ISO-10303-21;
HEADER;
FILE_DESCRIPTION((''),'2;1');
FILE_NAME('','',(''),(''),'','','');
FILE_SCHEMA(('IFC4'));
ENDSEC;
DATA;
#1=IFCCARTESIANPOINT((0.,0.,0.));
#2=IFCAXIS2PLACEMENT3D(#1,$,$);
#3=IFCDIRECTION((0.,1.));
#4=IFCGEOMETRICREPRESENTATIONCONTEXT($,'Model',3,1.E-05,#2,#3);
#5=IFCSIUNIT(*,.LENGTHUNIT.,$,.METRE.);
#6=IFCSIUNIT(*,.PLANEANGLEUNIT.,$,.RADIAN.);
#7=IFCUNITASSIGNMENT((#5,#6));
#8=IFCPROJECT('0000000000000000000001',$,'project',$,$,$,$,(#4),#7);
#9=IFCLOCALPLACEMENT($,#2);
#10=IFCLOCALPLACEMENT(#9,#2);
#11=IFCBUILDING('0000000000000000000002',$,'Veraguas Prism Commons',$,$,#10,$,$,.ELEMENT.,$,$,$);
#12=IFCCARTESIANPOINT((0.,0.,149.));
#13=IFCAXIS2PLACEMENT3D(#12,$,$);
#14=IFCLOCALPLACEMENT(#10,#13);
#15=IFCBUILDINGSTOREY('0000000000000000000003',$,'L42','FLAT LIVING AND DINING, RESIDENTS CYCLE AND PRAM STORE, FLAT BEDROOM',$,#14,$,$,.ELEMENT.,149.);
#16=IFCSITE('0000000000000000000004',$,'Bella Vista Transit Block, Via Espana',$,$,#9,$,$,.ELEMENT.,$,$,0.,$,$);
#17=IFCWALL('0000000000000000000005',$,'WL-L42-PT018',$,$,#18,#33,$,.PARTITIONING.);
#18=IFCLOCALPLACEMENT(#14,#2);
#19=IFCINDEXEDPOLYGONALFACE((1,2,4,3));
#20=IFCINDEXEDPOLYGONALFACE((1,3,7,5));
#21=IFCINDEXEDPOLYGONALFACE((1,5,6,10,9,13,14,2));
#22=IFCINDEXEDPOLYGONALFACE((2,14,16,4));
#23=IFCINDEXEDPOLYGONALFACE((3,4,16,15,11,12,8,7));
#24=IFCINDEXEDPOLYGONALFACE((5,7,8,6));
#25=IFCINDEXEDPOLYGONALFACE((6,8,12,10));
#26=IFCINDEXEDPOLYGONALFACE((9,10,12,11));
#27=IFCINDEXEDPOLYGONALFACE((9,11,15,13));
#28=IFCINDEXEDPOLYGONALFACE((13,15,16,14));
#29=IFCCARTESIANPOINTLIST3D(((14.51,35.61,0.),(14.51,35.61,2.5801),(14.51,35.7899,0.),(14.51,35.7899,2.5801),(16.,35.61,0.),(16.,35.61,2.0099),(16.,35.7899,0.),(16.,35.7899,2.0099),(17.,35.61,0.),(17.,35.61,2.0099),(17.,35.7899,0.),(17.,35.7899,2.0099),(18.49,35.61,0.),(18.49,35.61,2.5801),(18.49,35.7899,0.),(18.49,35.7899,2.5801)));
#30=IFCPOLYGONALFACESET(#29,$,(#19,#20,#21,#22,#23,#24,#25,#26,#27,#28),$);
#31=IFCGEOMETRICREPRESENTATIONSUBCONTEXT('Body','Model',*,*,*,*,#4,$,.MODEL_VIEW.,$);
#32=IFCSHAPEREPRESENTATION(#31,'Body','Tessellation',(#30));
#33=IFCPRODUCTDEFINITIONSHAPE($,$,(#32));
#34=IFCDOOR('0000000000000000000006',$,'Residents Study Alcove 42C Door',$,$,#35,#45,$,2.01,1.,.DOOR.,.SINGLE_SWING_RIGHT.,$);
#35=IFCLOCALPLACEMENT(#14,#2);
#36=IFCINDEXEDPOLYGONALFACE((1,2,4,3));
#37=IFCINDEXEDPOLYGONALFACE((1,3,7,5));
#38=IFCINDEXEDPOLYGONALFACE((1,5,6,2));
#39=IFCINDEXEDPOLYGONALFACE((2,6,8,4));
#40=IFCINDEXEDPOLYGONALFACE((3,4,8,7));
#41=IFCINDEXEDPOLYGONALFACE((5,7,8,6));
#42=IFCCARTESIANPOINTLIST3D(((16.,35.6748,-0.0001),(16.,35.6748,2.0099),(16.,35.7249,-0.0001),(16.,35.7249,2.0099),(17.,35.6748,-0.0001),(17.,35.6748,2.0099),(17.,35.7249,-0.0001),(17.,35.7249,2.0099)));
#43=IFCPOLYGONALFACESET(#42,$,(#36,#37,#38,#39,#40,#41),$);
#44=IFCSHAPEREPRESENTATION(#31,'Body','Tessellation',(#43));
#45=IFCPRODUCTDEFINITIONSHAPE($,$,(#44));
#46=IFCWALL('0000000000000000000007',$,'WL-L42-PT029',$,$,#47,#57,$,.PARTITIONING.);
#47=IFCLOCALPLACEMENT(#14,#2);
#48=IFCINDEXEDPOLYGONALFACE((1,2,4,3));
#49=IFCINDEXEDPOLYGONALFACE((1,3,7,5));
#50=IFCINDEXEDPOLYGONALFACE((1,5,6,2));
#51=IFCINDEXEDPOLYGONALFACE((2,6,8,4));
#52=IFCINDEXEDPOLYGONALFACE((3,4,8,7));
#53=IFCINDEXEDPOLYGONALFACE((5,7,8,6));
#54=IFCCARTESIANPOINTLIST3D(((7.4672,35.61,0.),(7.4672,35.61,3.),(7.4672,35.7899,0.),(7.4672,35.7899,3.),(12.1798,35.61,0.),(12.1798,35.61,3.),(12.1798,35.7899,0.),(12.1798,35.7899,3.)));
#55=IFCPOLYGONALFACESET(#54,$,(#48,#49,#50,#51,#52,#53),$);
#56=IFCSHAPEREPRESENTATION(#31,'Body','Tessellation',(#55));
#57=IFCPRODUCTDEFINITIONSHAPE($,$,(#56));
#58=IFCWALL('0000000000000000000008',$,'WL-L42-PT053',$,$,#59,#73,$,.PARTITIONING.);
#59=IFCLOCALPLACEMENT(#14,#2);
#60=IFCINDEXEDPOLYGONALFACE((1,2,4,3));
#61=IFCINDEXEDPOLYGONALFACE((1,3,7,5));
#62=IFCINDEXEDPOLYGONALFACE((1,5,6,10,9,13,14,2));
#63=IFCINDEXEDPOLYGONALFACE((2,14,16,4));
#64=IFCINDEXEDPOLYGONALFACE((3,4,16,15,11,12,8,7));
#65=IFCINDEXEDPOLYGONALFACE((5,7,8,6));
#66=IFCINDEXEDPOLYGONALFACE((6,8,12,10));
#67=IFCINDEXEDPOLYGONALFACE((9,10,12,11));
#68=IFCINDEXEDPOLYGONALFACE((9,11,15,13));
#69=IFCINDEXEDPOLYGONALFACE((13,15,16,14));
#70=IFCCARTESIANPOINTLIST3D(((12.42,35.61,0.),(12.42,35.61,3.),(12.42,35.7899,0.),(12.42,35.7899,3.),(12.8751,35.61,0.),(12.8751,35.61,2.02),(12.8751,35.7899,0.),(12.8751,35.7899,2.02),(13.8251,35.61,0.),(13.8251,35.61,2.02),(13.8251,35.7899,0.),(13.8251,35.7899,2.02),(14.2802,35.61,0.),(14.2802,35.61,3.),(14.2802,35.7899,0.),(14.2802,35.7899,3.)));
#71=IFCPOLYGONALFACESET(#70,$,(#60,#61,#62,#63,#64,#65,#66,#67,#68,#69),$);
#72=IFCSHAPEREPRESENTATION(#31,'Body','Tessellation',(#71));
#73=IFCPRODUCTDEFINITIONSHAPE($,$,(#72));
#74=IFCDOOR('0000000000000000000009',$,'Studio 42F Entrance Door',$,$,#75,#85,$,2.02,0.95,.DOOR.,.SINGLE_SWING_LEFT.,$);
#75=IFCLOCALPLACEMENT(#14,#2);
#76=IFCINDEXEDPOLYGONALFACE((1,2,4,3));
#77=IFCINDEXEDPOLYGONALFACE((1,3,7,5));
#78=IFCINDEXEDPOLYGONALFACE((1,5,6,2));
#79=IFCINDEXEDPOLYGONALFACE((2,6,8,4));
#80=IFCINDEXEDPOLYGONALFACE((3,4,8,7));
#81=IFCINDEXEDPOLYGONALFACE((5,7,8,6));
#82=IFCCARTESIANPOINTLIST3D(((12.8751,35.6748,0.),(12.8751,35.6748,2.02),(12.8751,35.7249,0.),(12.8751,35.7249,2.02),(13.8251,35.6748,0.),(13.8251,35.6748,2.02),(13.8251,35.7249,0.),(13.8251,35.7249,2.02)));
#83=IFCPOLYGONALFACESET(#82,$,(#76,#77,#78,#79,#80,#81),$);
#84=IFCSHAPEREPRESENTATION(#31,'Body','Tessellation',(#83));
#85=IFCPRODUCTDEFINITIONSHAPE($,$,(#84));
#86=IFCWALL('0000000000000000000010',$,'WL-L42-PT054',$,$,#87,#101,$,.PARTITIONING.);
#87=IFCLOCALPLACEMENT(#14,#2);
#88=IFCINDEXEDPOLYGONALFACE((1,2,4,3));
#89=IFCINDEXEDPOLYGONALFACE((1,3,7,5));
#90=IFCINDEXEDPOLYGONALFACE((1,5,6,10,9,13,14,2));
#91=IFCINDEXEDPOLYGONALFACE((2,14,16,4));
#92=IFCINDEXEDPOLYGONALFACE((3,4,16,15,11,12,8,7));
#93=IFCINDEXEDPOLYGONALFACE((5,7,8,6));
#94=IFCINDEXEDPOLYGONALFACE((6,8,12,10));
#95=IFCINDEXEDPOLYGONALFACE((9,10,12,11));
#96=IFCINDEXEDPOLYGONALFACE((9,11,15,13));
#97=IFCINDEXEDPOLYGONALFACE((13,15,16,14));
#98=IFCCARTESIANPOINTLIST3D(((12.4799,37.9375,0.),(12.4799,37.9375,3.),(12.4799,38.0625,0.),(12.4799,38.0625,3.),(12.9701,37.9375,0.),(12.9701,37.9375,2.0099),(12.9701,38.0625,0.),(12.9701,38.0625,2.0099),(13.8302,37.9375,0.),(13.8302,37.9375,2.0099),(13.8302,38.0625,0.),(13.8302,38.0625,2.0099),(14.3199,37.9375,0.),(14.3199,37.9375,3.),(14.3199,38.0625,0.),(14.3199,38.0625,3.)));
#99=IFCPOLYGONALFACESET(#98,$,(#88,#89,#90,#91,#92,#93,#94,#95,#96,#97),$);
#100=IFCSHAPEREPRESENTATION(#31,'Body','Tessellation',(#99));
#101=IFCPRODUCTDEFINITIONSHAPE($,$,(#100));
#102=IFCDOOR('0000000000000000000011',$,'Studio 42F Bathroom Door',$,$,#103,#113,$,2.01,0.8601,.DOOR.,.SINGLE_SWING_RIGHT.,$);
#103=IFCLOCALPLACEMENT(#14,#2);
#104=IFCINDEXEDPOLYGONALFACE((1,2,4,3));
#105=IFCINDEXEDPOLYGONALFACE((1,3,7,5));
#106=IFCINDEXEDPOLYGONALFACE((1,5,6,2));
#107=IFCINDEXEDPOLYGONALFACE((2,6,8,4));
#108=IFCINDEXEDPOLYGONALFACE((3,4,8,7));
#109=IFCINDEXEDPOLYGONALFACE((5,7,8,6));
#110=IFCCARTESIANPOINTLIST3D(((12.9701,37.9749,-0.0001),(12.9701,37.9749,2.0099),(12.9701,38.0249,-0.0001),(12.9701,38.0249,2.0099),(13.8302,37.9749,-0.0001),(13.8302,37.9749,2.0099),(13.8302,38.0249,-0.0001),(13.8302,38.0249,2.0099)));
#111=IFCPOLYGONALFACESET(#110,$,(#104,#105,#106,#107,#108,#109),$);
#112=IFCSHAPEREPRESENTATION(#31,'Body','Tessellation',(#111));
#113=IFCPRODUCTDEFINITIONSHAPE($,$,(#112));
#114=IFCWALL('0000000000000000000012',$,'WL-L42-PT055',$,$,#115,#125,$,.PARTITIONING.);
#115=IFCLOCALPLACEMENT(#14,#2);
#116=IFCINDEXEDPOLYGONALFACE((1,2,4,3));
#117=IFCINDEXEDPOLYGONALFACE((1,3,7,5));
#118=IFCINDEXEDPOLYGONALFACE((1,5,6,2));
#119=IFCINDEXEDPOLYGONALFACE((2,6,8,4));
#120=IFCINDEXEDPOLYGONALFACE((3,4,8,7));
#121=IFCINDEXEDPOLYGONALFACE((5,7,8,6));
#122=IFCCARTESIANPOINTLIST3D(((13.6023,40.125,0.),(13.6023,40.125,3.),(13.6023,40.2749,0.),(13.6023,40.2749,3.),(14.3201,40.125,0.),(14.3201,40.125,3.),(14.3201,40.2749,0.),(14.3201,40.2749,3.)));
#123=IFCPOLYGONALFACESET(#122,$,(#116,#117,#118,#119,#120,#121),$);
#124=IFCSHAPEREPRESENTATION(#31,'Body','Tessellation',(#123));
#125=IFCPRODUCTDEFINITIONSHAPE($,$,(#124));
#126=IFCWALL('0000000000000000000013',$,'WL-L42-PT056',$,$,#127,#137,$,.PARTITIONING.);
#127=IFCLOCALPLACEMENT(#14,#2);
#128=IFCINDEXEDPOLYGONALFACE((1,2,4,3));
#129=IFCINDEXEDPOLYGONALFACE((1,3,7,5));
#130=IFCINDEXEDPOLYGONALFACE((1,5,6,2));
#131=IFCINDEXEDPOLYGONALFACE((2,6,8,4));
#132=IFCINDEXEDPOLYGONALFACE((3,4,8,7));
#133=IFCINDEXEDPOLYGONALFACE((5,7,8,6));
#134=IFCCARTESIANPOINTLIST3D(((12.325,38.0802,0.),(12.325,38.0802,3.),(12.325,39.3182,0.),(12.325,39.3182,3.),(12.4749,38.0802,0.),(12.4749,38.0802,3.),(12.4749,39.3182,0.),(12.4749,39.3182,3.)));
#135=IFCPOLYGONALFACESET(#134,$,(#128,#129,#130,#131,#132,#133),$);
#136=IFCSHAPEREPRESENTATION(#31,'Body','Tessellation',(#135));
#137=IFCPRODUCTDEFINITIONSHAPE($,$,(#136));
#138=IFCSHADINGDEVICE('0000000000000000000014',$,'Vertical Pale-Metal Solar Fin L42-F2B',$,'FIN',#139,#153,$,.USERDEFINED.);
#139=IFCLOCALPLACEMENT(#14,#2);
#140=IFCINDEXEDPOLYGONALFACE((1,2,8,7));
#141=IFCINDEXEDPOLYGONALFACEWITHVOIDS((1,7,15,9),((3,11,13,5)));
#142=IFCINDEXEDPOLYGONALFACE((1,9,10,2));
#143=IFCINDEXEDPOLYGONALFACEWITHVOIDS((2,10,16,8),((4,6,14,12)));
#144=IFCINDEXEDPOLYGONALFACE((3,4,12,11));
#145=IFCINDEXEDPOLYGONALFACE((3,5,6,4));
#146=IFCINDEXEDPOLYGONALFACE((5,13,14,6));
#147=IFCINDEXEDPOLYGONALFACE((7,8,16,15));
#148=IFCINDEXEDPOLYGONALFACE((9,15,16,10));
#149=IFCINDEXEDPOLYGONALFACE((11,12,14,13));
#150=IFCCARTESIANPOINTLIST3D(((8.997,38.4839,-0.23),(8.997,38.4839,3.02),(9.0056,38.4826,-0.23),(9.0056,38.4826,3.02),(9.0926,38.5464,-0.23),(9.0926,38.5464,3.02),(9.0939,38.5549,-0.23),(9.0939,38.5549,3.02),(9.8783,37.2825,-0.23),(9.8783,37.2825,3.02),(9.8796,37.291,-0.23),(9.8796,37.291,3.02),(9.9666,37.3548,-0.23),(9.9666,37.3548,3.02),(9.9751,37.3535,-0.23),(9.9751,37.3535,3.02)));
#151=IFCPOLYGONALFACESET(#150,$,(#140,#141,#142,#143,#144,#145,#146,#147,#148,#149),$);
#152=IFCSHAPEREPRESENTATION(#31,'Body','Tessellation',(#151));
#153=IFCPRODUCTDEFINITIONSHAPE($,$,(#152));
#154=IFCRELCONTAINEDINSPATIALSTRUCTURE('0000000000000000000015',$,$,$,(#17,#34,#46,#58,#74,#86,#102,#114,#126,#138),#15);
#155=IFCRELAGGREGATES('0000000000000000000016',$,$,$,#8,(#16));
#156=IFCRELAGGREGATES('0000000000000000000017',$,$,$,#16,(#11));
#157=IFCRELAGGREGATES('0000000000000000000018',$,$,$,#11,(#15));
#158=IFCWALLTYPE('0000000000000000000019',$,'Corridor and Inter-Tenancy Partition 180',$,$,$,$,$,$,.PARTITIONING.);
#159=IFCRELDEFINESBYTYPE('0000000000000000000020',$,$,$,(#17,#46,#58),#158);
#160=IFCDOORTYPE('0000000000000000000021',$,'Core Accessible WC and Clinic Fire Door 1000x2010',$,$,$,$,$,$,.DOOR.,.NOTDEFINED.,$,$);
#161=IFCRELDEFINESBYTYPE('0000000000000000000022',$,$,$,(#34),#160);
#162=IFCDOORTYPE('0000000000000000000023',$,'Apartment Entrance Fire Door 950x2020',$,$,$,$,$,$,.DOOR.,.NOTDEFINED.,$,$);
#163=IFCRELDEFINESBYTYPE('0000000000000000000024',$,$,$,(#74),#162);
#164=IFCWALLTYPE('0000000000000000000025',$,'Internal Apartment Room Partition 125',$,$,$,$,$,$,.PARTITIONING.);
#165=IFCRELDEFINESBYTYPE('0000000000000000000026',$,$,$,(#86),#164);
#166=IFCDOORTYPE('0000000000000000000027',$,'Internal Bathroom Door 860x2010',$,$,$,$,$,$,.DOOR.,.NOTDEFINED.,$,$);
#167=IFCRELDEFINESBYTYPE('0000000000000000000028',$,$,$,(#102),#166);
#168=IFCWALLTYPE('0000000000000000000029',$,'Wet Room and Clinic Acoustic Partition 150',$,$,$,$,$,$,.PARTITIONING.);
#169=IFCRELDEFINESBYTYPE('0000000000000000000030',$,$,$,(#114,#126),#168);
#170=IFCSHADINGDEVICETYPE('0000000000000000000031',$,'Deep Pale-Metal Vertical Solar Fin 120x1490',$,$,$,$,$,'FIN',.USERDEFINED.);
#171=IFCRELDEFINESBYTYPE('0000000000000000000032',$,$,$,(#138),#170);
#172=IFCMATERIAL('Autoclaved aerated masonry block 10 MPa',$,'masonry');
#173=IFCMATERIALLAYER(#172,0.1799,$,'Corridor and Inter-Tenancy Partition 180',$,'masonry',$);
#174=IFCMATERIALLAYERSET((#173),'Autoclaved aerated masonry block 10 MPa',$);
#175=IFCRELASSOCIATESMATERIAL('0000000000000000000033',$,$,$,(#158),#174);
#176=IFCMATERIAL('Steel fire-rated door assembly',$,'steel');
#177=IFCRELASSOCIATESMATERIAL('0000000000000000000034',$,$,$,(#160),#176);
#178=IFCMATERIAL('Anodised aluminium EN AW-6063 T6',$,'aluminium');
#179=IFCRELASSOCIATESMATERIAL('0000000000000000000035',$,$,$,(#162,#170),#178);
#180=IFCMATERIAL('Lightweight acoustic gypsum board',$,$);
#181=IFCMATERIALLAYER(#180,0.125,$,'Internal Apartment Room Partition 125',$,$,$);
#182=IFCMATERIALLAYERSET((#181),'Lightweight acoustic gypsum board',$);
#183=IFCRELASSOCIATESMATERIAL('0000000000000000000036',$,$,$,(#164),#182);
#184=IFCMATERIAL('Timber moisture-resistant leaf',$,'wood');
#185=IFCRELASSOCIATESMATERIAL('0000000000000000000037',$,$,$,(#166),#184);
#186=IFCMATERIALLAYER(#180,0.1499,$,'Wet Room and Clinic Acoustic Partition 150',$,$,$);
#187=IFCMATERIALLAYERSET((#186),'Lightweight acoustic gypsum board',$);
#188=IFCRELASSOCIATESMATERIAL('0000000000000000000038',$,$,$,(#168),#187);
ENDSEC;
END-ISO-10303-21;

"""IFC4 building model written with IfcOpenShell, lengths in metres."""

from ifc_helpers import new_model, si_unit, direction, frame, frame_2d, origin, origin_2d, place, context, subcontext, project, spatial, rectangle, hollow_rectangle, extrude, source, transform, mapped, material, layer, layer_set, material_profile, profile_set, type_object, element, fill, save


model = new_model("IFC4")

# Units and contexts
model_context = context("Model", 3, precision=1e-05, world=origin(), true_north=direction((0.0, 1.0)))
body_context = subcontext(model_context, "Body", "Model", "MODEL_VIEW")
ifc_project = project(units=[si_unit("LENGTHUNIT", "METRE"), si_unit("PLANEANGLEUNIT", "RADIAN")], contexts=[model_context])

# Site, building, storey
site_placement = place(None, origin())
site = spatial("IfcSite", under=ifc_project, at=site_placement, Name="Bella Vista Transit Block, Via Espana", CompositionType="ELEMENT", RefElevation=0.0)
building_placement = place(site_placement, origin())
building = spatial("IfcBuilding", under=site, at=building_placement, Name="Veraguas Prism Commons", CompositionType="ELEMENT")
storey_placement = place(building_placement, frame((0.0, 0.0, 149.0)))
storey = spatial("IfcBuildingStorey", under=building, at=storey_placement, Name="L42", Description="FLAT LIVING AND DINING, RESIDENTS CYCLE AND PRAM STORE, FLAT BEDROOM", CompositionType="ELEMENT", Elevation=149.0)

# Shared definitions
ifc_material_1 = material(Name="Anodised aluminium EN AW-6063 T6", Category="aluminium")

# Shared definitions
ifc_material_2 = material(Name="Autoclaved aerated masonry block 10 MPa", Category="masonry")
ifc_layer_1 = layer(ifc_material_2, 0.1799, Name="Corridor and Inter-Tenancy Partition 180", Category="masonry")
ifc_layer_set_1 = layer_set([ifc_layer_1], Name="Autoclaved aerated masonry block 10 MPa")
wall_type_1 = type_object("IfcWallType", Name="Corridor and Inter-Tenancy Partition 180", PredefinedType="PARTITIONING", material=ifc_layer_set_1)

# Wall, opening, door
wall_1_placement = place(storey_placement, frame((14.51, 35.7, 0.0), z_axis=(0.0, 0.0, 1.0), x_axis=(1.0, 0.0, 0.0)))
wall_1 = element("IfcWall", 1, at=wall_1_placement, inside=storey, type_object=wall_type_1, Name="WL-L42-PT018", PredefinedType="PARTITIONING", context=body_context, shape_type="SweptSolid", body=[
    extrude(rectangle(XDim=3.98, YDim=0.1799, at=frame_2d((1.99, 0.0))), origin(), (0.0, 0.0, 1.0), 2.5801),
])
opening_1_placement = place(wall_1_placement, frame((1.49, 0.0, 0.0)))
opening_1 = element("IfcOpeningElement", 2, at=opening_1_placement, cuts=wall_1, PredefinedType="OPENING", context=body_context, shape_type="SweptSolid", body=[
    extrude(rectangle(XDim=1.0, YDim=2.01, at=frame_2d((0.5, 1.0049))), frame((0.0, 0.0999, 0.0), z_axis=(0.0, -1.0, 0.0), x_axis=(1.0, 0.0, 0.0)), (0.0, 0.0, 1.0), 0.2),
])
ifc_material_3 = material(Name="Steel fire-rated door assembly", Category="steel")
door_type_1 = type_object("IfcDoorType", Name="Core Accessible WC and Clinic Fire Door 1000x2010", OperationType="NOTDEFINED", PredefinedType="DOOR", material=ifc_material_3)
shared_shape_1 = source(origin(), body_context, "Body", "SweptSolid", [
    extrude(rectangle(XDim=1.0, YDim=2.01, at=frame_2d((0.5, 1.0049))), frame((0.0, 0.0249, 0.0), z_axis=(0.0, -1.0, 0.0), x_axis=(1.0, 0.0, 0.0)), (0.0, 0.0, 1.0), 0.05),
])
door_1_placement = place(opening_1_placement, origin())
door_1 = element("IfcDoor", 3, at=door_1_placement, inside=storey, type_object=door_type_1, Name="Residents Study Alcove 42C Door", OperationType="SINGLE_SWING_RIGHT", OverallHeight=2.01, OverallWidth=1.0, PredefinedType="DOOR", context=body_context, shape_type="MappedRepresentation", body=[
    mapped(shared_shape_1, transform((0.0, 0.0, 0.0), scale=1.0)),
])
fill(opening_1, door_1)

# Wall
wall_2_placement = place(storey_placement, frame((12.1799, 35.7, 0.0), z_axis=(0.0, 0.0, 1.0), x_axis=(-1.0, 0.0, 0.0)))
element("IfcWall", 4, at=wall_2_placement, inside=storey, type_object=wall_type_1, Name="WL-L42-PT029", PredefinedType="PARTITIONING", context=body_context, shape_type="SweptSolid", body=[
    extrude(rectangle(XDim=4.7126, YDim=0.1799, at=frame_2d((2.3564, 0.0))), origin(), (0.0, 0.0, 1.0), 3.0),
])

# Walls, openings, doors
wall_3_placement = place(storey_placement, frame((12.4199, 35.7, 0.0), z_axis=(0.0, 0.0, 1.0), x_axis=(1.0, 0.0, 0.0)))
wall_3 = element("IfcWall", 5, at=wall_3_placement, inside=storey, type_object=wall_type_1, Name="WL-L42-PT053", PredefinedType="PARTITIONING", context=body_context, shape_type="SweptSolid", body=[
    extrude(rectangle(XDim=1.8601, YDim=0.1799, at=frame_2d((0.9302, 0.0))), origin(), (0.0, 0.0, 1.0), 3.0),
])
opening_2_placement = place(wall_3_placement, frame((0.4551, 0.0, 0.0)))
opening_2 = element("IfcOpeningElement", 6, at=opening_2_placement, cuts=wall_3, PredefinedType="OPENING", context=body_context, shape_type="SweptSolid", body=[
    extrude(rectangle(XDim=0.95, YDim=2.02, at=frame_2d((0.4751, 1.01))), frame((0.0, 0.0999, 0.0), z_axis=(0.0, -1.0, 0.0), x_axis=(1.0, 0.0, 0.0)), (0.0, 0.0, 1.0), 0.2),
])
door_type_2 = type_object("IfcDoorType", Name="Apartment Entrance Fire Door 950x2020", OperationType="NOTDEFINED", PredefinedType="DOOR", material=ifc_material_1)
shared_shape_2 = source(origin(), body_context, "Body", "SweptSolid", [
    extrude(rectangle(XDim=0.95, YDim=2.02, at=frame_2d((0.4751, 1.01))), frame((0.0, 0.0249, 0.0), z_axis=(0.0, -1.0, 0.0), x_axis=(1.0, 0.0, 0.0)), (0.0, 0.0, 1.0), 0.05),
])
door_2_placement = place(opening_2_placement, origin())
door_2 = element("IfcDoor", 7, at=door_2_placement, inside=storey, type_object=door_type_2, Name="Studio 42F Entrance Door", OperationType="SINGLE_SWING_LEFT", OverallHeight=2.02, OverallWidth=0.95, PredefinedType="DOOR", context=body_context, shape_type="MappedRepresentation", body=[
    mapped(shared_shape_2, transform((0.0, 0.0, 0.0), scale=1.0)),
])
fill(opening_2, door_2)
ifc_material_4 = material(Name="Lightweight acoustic gypsum board")
ifc_layer_2 = layer(ifc_material_4, 0.125, Name="Internal Apartment Room Partition 125")
ifc_layer_set_2 = layer_set([ifc_layer_2], Name="Lightweight acoustic gypsum board")
wall_type_2 = type_object("IfcWallType", Name="Internal Apartment Room Partition 125", PredefinedType="PARTITIONING", material=ifc_layer_set_2)
wall_4_placement = place(storey_placement, frame((12.48, 38.0, 0.0), z_axis=(0.0, 0.0, 1.0), x_axis=(1.0, 0.0, 0.0)))
wall_4 = element("IfcWall", 8, at=wall_4_placement, inside=storey, type_object=wall_type_2, Name="WL-L42-PT054", PredefinedType="PARTITIONING", context=body_context, shape_type="SweptSolid", body=[
    extrude(rectangle(XDim=1.8401, YDim=0.125, at=frame_2d((0.9199, 0.0))), origin(), (0.0, 0.0, 1.0), 3.0),
])
opening_3_placement = place(wall_4_placement, frame((0.49, 0.0, 0.0)))
opening_3 = element("IfcOpeningElement", 9, at=opening_3_placement, cuts=wall_4, PredefinedType="OPENING", context=body_context, shape_type="SweptSolid", body=[
    extrude(rectangle(XDim=0.8601, YDim=2.01, at=frame_2d((0.4302, 1.0049))), frame((0.0, 0.0725, 0.0), z_axis=(0.0, -1.0, 0.0), x_axis=(1.0, 0.0, 0.0)), (0.0, 0.0, 1.0), 0.145),
])
ifc_material_5 = material(Name="Timber moisture-resistant leaf", Category="wood")
door_type_3 = type_object("IfcDoorType", Name="Internal Bathroom Door 860x2010", OperationType="NOTDEFINED", PredefinedType="DOOR", material=ifc_material_5)
shared_shape_3 = source(origin(), body_context, "Body", "SweptSolid", [
    extrude(rectangle(XDim=0.8601, YDim=2.01, at=frame_2d((0.4302, 1.0049))), frame((0.0, 0.0249, 0.0), z_axis=(0.0, -1.0, 0.0), x_axis=(1.0, 0.0, 0.0)), (0.0, 0.0, 1.0), 0.05),
])
door_3_placement = place(opening_3_placement, origin())
door_3 = element("IfcDoor", 10, at=door_3_placement, inside=storey, type_object=door_type_3, Name="Studio 42F Bathroom Door", OperationType="SINGLE_SWING_RIGHT", OverallHeight=2.01, OverallWidth=0.8601, PredefinedType="DOOR", context=body_context, shape_type="MappedRepresentation", body=[
    mapped(shared_shape_3, transform((0.0, 0.0, 0.0), scale=1.0)),
])
fill(opening_3, door_3)

# Walls
ifc_layer_3 = layer(ifc_material_4, 0.1499, Name="Wet Room and Clinic Acoustic Partition 150")
ifc_layer_set_3 = layer_set([ifc_layer_3], Name="Lightweight acoustic gypsum board")
wall_type_3 = type_object("IfcWallType", Name="Wet Room and Clinic Acoustic Partition 150", PredefinedType="PARTITIONING", material=ifc_layer_set_3)
wall_5_placement = place(storey_placement, frame((13.6023, 40.2, 0.0), z_axis=(0.0, 0.0, 1.0), x_axis=(1.0, 0.0, 0.0)))
element("IfcWall", 11, at=wall_5_placement, inside=storey, type_object=wall_type_3, Name="WL-L42-PT055", PredefinedType="PARTITIONING", context=body_context, shape_type="SweptSolid", body=[
    extrude(rectangle(XDim=0.7178, YDim=0.1499, at=frame_2d((0.3589, 0.0))), origin(), (0.0, 0.0, 1.0), 3.0),
])
wall_6_placement = place(storey_placement, frame((12.3999, 38.0801, 0.0), z_axis=(0.0, 0.0, 1.0), x_axis=(0.0, 1.0, 0.0)))
element("IfcWall", 12, at=wall_6_placement, inside=storey, type_object=wall_type_3, Name="WL-L42-PT056", PredefinedType="PARTITIONING", context=body_context, shape_type="SweptSolid", body=[
    extrude(rectangle(XDim=1.238, YDim=0.1499, at=frame_2d((0.6191, 0.0))), origin(), (0.0, 0.0, 1.0), 3.0),
])

# Shading device
ifc_material_profile_1 = material_profile(ifc_material_1, hollow_rectangle(XDim=0.1201, YDim=1.49, WallThickness=0.0061, at=origin_2d()), Name="FIN120X1490X6")
ifc_profile_set_1 = profile_set([ifc_material_profile_1], Name="Anodised aluminium EN AW-6063 T6")
shading_device_type = type_object("IfcShadingDeviceType", Name="Deep Pale-Metal Vertical Solar Fin 120x1490", ElementType="FIN", PredefinedType="USERDEFINED", material=ifc_profile_set_1)
shading_device_placement = place(storey_placement, frame((9.4861, 37.9187, -0.23), z_axis=(0.0, 0.0, 1.0), x_axis=(-0.806343, -0.591448, 0.0)))
element("IfcShadingDevice", 13, at=shading_device_placement, inside=storey, type_object=shading_device_type, Name="Vertical Pale-Metal Solar Fin L42-F2B", ObjectType="FIN", PredefinedType="USERDEFINED", context=body_context, shape_type="SweptSolid", body=[
    extrude(hollow_rectangle(XDim=0.1201, YDim=1.49, WallThickness=0.0061, at=origin_2d()), origin(), (0.0, 0.0, 1.0), 3.25),
])

save(model, "model.ifc")
